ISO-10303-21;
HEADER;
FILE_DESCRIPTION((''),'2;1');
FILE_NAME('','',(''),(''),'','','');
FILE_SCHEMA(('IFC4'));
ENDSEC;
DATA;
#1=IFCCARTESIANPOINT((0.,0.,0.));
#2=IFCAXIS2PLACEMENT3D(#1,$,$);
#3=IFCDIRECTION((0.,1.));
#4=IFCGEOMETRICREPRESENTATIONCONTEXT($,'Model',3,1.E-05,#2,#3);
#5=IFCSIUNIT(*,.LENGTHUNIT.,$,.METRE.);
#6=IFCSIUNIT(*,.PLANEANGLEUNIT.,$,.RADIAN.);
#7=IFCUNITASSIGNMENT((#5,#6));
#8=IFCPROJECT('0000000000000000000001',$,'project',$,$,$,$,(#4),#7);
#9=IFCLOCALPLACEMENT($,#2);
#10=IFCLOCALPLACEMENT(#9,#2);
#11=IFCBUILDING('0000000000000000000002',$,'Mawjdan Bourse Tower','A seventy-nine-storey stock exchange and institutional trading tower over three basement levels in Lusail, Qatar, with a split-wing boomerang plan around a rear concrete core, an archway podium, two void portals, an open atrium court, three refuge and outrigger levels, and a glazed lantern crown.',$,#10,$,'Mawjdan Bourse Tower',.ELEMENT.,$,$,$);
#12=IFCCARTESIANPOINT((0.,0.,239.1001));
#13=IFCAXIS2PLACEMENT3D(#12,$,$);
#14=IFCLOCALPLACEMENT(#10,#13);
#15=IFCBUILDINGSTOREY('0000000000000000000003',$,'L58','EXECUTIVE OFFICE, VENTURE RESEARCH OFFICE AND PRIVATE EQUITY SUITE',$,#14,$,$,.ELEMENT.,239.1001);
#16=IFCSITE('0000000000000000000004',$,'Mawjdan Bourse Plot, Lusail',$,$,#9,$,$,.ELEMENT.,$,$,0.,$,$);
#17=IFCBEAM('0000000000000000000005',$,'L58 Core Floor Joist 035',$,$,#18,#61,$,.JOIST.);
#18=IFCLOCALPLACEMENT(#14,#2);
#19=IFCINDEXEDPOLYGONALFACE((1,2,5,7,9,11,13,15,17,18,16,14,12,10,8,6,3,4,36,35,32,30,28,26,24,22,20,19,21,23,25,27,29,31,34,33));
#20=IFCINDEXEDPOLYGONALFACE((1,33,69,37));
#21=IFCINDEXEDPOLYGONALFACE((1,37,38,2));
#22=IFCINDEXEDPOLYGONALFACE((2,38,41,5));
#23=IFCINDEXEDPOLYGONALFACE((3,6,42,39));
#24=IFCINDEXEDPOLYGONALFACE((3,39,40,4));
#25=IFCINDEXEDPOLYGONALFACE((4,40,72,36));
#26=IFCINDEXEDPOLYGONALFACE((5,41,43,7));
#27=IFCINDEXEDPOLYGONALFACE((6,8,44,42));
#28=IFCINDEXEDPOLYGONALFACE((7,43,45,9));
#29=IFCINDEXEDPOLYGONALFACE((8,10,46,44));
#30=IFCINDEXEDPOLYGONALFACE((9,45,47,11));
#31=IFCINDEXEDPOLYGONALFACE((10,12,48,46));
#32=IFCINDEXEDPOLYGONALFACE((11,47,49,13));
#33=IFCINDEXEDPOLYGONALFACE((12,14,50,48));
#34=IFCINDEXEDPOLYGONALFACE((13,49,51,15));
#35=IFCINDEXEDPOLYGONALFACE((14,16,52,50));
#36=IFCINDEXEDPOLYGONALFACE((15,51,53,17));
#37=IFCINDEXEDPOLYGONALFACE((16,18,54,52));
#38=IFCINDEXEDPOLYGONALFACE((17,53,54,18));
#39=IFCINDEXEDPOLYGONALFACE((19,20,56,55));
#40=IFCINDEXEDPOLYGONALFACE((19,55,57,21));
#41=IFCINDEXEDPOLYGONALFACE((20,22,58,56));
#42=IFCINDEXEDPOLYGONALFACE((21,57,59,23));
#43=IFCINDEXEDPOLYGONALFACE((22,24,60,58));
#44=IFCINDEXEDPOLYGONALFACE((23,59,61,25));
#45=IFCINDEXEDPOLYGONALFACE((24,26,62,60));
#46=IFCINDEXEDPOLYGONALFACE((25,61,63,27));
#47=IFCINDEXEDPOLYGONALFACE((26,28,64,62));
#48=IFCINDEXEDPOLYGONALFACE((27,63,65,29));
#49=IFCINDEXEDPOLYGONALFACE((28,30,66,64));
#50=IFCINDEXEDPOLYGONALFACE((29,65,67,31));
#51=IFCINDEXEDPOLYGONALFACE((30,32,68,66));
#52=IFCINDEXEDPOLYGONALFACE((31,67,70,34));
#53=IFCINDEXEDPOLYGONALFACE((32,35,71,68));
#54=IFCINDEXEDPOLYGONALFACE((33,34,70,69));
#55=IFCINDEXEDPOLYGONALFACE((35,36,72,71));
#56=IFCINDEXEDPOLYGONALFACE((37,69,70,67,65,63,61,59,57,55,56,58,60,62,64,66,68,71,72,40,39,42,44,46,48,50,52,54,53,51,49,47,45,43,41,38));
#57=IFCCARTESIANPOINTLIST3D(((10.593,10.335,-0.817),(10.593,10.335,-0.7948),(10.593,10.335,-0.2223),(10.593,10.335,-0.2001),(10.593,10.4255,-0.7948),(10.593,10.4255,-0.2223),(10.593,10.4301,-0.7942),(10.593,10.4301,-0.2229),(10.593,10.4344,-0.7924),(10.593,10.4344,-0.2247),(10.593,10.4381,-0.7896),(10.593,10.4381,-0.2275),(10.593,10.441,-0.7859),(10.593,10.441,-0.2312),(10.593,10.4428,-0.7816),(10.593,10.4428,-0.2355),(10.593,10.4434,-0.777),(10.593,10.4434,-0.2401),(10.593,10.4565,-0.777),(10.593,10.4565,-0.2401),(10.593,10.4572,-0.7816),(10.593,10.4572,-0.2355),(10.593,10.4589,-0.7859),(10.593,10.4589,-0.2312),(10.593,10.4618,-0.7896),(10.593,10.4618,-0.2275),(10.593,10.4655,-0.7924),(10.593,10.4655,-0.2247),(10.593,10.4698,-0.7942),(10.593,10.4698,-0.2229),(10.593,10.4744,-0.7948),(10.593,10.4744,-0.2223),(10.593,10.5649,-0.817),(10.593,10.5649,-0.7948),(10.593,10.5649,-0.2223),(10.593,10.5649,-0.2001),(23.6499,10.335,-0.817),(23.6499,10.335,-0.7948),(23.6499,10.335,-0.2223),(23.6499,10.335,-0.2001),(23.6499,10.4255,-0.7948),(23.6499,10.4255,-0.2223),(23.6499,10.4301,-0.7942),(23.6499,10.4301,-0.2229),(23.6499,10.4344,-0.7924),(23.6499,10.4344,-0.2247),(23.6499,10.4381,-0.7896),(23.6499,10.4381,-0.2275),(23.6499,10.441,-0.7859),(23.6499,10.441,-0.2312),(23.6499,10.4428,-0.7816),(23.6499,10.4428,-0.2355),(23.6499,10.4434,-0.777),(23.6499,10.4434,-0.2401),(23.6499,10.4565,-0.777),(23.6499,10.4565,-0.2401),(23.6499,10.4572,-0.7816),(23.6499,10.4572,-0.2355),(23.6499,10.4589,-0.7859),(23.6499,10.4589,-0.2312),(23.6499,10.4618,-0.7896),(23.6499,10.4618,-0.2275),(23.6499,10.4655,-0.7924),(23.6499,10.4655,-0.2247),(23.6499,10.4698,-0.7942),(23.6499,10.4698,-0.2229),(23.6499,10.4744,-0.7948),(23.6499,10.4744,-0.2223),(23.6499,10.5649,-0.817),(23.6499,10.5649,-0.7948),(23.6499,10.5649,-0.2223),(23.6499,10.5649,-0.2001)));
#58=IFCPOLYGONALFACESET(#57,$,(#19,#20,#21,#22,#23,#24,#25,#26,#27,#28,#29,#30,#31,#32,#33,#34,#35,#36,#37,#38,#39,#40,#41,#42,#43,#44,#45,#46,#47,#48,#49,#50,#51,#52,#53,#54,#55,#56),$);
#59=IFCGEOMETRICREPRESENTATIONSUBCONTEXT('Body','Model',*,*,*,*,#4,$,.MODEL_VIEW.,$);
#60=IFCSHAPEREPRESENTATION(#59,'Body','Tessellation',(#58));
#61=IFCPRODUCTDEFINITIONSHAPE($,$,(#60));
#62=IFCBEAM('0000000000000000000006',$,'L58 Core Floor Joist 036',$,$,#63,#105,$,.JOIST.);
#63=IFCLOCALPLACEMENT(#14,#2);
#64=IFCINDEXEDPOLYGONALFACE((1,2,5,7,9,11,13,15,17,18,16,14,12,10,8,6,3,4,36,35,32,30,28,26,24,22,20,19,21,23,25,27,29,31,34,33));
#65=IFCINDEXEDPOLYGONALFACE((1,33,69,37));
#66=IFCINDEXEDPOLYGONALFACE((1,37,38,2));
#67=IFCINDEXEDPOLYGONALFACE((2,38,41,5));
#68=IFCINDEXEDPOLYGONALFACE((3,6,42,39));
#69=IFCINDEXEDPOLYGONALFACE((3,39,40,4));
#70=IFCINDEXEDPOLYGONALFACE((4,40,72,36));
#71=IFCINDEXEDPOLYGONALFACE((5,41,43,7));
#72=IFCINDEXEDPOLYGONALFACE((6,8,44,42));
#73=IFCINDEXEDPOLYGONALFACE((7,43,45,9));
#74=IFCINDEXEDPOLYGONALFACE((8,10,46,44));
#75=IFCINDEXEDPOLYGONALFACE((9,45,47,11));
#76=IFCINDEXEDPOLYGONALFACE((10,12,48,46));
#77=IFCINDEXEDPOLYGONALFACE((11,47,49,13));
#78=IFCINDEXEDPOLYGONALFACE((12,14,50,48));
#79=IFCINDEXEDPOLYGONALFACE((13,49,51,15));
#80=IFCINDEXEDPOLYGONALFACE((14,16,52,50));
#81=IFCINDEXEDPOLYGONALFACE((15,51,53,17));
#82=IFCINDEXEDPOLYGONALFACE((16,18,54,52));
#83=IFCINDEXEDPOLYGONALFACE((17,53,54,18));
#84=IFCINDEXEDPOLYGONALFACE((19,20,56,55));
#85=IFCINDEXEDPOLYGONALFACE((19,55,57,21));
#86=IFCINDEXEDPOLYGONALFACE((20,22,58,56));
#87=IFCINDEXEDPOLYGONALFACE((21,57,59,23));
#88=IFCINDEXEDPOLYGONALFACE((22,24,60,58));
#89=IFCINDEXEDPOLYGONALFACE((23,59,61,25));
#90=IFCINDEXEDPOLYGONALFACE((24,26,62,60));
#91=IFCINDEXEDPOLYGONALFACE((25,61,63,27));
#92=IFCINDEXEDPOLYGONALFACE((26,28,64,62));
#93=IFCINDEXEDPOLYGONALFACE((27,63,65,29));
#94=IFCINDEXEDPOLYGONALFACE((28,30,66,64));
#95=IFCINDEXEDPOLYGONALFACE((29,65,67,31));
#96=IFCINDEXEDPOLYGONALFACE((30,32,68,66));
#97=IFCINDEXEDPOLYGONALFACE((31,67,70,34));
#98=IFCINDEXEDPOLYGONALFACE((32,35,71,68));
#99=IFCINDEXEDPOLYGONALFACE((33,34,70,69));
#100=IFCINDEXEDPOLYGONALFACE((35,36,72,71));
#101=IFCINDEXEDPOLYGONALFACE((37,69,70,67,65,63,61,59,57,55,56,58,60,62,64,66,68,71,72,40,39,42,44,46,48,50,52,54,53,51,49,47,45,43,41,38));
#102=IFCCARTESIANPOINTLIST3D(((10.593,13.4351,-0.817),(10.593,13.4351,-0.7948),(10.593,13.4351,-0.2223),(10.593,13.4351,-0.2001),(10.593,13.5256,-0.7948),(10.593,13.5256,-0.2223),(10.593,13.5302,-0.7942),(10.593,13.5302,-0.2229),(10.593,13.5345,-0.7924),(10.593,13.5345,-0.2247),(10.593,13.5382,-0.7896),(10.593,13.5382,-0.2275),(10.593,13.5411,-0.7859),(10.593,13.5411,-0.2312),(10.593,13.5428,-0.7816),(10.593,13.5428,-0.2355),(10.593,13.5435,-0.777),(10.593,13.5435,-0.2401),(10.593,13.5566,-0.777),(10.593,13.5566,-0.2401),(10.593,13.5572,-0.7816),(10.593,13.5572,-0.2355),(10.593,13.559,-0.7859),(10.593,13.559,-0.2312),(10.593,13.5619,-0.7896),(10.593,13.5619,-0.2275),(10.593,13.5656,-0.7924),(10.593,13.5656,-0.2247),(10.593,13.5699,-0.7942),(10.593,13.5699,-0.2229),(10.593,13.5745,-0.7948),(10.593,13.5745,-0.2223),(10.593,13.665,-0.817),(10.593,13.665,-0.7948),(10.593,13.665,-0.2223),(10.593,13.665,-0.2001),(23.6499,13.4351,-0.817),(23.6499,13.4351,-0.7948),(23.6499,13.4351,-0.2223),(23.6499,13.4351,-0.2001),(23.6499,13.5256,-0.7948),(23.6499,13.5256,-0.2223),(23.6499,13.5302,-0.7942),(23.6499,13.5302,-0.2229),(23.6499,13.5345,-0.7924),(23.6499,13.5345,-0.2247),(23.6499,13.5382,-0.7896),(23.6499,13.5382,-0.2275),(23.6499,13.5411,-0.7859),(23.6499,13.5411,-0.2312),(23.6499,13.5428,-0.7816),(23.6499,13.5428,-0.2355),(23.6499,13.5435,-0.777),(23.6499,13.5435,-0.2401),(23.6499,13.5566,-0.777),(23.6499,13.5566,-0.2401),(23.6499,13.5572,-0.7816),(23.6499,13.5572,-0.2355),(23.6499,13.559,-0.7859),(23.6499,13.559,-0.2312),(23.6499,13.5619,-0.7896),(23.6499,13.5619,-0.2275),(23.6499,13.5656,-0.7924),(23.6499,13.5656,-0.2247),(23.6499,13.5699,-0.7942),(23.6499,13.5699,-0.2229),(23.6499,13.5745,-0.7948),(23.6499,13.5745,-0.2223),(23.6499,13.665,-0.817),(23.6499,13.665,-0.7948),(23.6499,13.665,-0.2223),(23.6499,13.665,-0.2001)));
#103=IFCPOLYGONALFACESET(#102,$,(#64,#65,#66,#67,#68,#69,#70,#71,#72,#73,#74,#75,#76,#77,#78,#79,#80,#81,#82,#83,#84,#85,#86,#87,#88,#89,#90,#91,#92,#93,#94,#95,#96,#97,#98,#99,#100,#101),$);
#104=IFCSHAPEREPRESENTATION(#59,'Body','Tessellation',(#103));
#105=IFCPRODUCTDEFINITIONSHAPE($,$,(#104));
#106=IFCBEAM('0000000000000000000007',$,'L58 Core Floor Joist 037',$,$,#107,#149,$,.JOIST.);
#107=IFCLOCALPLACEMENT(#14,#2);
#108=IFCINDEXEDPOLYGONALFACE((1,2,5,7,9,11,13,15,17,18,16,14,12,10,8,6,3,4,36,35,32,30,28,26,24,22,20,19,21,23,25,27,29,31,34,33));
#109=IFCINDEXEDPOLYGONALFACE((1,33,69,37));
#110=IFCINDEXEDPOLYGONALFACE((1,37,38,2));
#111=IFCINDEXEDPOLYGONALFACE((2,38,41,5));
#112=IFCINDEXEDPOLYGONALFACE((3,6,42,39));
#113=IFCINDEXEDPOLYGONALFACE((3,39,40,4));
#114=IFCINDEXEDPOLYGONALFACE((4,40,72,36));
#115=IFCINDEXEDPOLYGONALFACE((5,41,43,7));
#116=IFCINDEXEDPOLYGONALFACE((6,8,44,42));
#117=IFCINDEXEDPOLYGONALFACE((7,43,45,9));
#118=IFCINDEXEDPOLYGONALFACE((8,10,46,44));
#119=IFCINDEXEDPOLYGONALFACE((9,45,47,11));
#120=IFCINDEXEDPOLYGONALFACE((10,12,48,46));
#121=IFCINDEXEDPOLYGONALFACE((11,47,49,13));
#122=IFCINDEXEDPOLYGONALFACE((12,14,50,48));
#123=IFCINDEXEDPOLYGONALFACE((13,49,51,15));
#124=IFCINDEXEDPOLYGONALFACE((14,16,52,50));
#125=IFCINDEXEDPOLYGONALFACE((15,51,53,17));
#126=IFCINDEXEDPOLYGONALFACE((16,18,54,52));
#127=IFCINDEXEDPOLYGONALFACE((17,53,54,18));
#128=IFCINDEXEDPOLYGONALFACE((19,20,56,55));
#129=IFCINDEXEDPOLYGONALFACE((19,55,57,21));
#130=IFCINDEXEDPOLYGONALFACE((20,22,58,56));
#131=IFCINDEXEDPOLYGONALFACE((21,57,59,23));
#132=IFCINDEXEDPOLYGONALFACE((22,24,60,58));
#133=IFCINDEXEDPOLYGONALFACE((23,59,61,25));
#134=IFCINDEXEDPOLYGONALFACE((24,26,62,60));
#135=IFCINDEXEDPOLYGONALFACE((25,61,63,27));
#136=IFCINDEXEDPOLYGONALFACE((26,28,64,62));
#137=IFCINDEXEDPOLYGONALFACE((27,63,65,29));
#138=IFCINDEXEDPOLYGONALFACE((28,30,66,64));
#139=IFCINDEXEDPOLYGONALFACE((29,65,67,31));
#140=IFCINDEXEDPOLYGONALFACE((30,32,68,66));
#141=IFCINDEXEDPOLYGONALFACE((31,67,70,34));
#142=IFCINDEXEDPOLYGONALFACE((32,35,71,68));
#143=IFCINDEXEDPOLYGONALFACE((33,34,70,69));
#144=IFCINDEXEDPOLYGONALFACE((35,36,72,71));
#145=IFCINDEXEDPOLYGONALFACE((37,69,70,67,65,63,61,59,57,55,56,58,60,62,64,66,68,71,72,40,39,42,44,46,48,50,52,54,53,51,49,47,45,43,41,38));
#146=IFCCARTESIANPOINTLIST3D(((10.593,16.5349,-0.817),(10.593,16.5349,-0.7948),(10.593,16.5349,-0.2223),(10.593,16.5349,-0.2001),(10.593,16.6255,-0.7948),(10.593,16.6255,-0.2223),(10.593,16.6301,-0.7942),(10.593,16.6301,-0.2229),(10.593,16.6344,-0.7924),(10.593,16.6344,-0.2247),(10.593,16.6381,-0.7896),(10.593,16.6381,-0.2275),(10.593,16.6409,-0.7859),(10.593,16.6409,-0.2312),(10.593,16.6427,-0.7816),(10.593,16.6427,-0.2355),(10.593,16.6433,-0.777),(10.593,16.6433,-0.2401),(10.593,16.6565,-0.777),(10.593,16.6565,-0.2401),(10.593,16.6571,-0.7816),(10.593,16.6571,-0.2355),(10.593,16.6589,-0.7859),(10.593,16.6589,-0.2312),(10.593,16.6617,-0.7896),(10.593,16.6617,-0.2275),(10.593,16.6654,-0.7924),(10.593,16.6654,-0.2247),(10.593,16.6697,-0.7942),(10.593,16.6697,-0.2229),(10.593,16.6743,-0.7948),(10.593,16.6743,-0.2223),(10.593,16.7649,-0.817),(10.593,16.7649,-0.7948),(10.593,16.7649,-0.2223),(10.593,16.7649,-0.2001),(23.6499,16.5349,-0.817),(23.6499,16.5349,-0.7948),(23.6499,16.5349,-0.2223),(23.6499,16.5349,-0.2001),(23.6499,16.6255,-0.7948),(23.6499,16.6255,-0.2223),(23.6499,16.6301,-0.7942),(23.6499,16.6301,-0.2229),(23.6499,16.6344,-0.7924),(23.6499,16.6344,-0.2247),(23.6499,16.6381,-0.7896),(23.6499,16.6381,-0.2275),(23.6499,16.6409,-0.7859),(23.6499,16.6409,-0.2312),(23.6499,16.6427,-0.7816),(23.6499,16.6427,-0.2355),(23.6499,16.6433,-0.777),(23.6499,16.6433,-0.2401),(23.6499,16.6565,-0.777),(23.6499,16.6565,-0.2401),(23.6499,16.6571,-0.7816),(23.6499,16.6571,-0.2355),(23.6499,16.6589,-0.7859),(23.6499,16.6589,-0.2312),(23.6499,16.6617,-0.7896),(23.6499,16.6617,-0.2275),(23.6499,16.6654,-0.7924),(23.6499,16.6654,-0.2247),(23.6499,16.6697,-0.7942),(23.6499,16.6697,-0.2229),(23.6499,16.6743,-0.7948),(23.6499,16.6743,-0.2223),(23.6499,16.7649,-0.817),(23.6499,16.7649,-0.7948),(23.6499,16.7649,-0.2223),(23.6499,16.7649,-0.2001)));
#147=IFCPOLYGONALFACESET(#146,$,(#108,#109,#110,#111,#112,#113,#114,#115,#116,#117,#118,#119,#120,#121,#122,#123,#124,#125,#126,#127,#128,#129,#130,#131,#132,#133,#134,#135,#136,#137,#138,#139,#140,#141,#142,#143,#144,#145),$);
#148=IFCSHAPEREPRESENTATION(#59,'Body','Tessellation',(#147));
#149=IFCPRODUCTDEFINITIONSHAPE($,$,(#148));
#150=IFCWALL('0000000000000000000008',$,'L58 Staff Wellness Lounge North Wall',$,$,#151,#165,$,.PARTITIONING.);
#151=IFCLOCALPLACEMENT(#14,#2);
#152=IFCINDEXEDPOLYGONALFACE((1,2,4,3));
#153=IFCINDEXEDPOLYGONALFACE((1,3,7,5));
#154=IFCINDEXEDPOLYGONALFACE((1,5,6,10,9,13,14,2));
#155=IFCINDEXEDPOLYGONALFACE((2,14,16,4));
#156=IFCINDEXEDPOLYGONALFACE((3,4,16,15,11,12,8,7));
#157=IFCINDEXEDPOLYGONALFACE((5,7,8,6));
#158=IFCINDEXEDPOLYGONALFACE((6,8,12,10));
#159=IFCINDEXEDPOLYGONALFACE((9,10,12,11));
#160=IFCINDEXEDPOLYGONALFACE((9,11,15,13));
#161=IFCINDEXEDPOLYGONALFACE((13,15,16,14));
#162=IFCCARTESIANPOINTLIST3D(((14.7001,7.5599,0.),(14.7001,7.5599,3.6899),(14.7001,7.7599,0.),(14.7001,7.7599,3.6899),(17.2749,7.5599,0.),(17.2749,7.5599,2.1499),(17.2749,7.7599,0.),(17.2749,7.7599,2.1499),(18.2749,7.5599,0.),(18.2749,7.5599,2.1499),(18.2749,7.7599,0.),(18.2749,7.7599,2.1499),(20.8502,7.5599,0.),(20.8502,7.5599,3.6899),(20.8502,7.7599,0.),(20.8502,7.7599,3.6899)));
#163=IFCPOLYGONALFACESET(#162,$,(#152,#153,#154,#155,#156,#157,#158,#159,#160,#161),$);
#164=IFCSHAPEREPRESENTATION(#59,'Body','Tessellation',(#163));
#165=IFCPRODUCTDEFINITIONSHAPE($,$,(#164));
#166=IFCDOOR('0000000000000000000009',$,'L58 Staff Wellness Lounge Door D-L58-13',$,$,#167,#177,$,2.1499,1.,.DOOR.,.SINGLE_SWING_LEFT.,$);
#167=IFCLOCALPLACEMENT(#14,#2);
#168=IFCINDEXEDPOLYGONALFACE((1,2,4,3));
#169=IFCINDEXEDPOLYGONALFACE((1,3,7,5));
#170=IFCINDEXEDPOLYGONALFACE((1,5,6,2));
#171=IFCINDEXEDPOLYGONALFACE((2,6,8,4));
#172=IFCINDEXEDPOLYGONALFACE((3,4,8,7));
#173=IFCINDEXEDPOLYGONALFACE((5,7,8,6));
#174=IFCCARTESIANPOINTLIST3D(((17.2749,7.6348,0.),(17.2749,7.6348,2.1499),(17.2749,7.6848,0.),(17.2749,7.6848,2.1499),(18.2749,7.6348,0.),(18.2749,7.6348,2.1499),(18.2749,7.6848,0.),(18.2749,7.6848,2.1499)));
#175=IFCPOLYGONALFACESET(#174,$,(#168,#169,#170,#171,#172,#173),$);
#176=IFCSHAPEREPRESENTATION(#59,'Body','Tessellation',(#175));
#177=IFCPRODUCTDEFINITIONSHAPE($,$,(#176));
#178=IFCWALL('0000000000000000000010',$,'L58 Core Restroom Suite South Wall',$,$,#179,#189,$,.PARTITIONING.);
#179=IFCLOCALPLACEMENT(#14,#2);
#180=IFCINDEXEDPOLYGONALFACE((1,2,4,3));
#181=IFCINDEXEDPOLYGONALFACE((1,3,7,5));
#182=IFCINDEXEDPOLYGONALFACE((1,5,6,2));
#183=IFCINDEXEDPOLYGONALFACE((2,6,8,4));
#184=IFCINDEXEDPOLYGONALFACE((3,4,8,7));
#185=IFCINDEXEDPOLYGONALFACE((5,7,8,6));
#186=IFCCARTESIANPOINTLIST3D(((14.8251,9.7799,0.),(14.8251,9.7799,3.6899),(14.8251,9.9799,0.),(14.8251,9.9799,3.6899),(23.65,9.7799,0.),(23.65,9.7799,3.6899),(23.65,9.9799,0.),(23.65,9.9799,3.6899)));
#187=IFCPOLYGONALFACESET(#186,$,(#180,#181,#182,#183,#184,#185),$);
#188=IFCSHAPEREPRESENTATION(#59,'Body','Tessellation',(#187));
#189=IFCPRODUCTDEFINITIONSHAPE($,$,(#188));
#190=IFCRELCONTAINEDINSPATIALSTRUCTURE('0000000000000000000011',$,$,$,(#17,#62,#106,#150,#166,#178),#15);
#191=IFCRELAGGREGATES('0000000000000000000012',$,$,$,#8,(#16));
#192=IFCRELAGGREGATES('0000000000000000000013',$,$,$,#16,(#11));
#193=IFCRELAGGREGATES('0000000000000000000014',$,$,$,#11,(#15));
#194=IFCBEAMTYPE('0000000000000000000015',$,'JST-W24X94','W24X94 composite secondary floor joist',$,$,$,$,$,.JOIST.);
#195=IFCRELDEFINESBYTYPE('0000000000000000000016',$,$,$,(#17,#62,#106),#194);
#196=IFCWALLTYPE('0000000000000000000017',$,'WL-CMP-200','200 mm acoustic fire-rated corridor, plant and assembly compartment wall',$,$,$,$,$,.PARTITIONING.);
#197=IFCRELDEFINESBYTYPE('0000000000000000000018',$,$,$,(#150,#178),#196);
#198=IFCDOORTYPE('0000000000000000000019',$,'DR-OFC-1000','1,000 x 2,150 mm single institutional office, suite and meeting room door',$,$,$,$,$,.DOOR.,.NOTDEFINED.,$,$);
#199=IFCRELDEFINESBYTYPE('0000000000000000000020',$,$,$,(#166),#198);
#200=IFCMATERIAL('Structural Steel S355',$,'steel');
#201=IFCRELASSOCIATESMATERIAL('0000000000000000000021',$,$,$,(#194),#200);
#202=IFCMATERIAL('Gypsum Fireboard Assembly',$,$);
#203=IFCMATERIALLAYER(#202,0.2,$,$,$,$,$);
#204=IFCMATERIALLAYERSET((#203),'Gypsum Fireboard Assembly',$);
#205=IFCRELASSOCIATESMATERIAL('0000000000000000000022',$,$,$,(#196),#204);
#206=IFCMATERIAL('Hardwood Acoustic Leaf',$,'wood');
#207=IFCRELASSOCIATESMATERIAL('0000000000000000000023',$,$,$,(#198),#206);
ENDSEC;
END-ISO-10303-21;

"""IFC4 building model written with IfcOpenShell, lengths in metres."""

from ifc_helpers import new_model, si_unit, direction, frame, frame_2d, origin, origin_2d, place, context, subcontext, project, spatial, rectangle, i_section, extrude, material, layer, layer_set, material_profile, profile_set, type_object, element, fill, save


model = new_model("IFC4")

# Units and contexts
model_context = context("Model", 3, precision=1e-05, world=origin(), true_north=direction((0.0, 1.0)))
body_context = subcontext(model_context, "Body", "Model", "MODEL_VIEW")
ifc_project = project(units=[si_unit("LENGTHUNIT", "METRE"), si_unit("PLANEANGLEUNIT", "RADIAN")], contexts=[model_context])

# Site, building, storey
site_placement = place(None, origin())
site = spatial("IfcSite", under=ifc_project, at=site_placement, Name="Mawjdan Bourse Plot, Lusail", CompositionType="ELEMENT", RefElevation=0.0)
building_placement = place(site_placement, origin())
building = spatial("IfcBuilding", under=site, at=building_placement, Name="Mawjdan Bourse Tower", Description="A seventy-nine-storey stock exchange and institutional trading tower over three basement levels in Lusail, Qatar, with a split-wing boomerang plan around a rear concrete core, an archway podium, two void portals, an open atrium court, three refuge and outrigger levels, and a glazed lantern crown.", LongName="Mawjdan Bourse Tower", CompositionType="ELEMENT")
storey_placement = place(building_placement, frame((0.0, 0.0, 239.1001)))
storey = spatial("IfcBuildingStorey", under=building, at=storey_placement, Name="L58", Description="EXECUTIVE OFFICE, VENTURE RESEARCH OFFICE AND PRIVATE EQUITY SUITE", CompositionType="ELEMENT", Elevation=239.1001)

# Beams
ifc_material_1 = material(Name="Structural Steel S355", Category="steel")
ifc_material_profile = material_profile(ifc_material_1, i_section(OverallWidth=0.23, OverallDepth=0.6169, WebThickness=0.0132, FlangeThickness=0.0222, FilletRadius=0.0178, at=origin_2d()), Name="W24X94")
ifc_profile_set = profile_set([ifc_material_profile], Name="Structural Steel S355")
beam_type = type_object("IfcBeamType", Name="JST-W24X94", Description="W24X94 composite secondary floor joist", PredefinedType="JOIST", material=ifc_profile_set)
for number, where, z_axis, x_axis, name in (
    (1, (10.593, 10.45, -0.5085), (1.0, 0.0, 0.0), (0.0, 1.0, 0.0), "L58 Core Floor Joist 035"),
    (2, (10.593, 13.55, -0.5085), (1.0, 0.0, 0.0), (0.0, 1.0, 0.0), "L58 Core Floor Joist 036"),
    (3, (10.593, 16.6499, -0.5085), (1.0, 0.0, 0.0), (0.0, 1.0, 0.0), "L58 Core Floor Joist 037"),
):
    element("IfcBeam", number, at=place(storey_placement, frame(where, z_axis=z_axis, x_axis=x_axis)), inside=storey, type_object=beam_type, Name=name, PredefinedType="JOIST", context=body_context, shape_type="SweptSolid", body=[
        extrude(i_section(OverallWidth=0.23, OverallDepth=0.6169, WebThickness=0.0132, FlangeThickness=0.0222, FilletRadius=0.0178, at=origin_2d()), origin(), (0.0, 0.0, 1.0), 13.0569),
    ])

# Wall, opening, door
ifc_material_2 = material(Name="Gypsum Fireboard Assembly")
ifc_layer_1 = layer(ifc_material_2, 0.2)
ifc_layer_set_1 = layer_set([ifc_layer_1], Name="Gypsum Fireboard Assembly")
wall_type_1 = type_object("IfcWallType", Name="WL-CMP-200", Description="200 mm acoustic fire-rated corridor, plant and assembly compartment wall", PredefinedType="PARTITIONING", material=ifc_layer_set_1)
wall_1_placement = place(storey_placement, frame((14.7, 7.6599, 0.0), z_axis=(0.0, 0.0, 1.0), x_axis=(1.0, 0.0, 0.0)))
wall_1 = element("IfcWall", 4, at=wall_1_placement, inside=storey, type_object=wall_type_1, Name="L58 Staff Wellness Lounge North Wall", PredefinedType="PARTITIONING", context=body_context, shape_type="SweptSolid", body=[
    extrude(rectangle(XDim=6.1501, YDim=0.2, at=frame_2d((3.0752, 0.0))), origin(), (0.0, 0.0, 1.0), 3.6899),
])
opening_1_placement = place(wall_1_placement, frame((2.575, 0.0, 0.0)))
opening_1 = element("IfcOpeningElement", 5, at=opening_1_placement, cuts=wall_1, PredefinedType="OPENING", context=body_context, shape_type="SweptSolid", body=[
    extrude(rectangle(XDim=1.0, YDim=2.1499, at=frame_2d((0.5, 1.075))), frame((0.0, 0.1099, 0.0), z_axis=(0.0, -1.0, 0.0), x_axis=(1.0, 0.0, 0.0)), (0.0, 0.0, 1.0), 0.22),
])
ifc_material_3 = material(Name="Hardwood Acoustic Leaf", Category="wood")
door_type_1 = type_object("IfcDoorType", Name="DR-OFC-1000", Description="1,000 x 2,150 mm single institutional office, suite and meeting room door", OperationType="NOTDEFINED", PredefinedType="DOOR", material=ifc_material_3)
door_1_placement = place(opening_1_placement, origin())
door_1 = element("IfcDoor", 6, at=door_1_placement, inside=storey, type_object=door_type_1, Name="L58 Staff Wellness Lounge Door D-L58-13", OperationType="SINGLE_SWING_LEFT", OverallHeight=2.1499, OverallWidth=1.0, PredefinedType="DOOR", context=body_context, shape_type="SweptSolid", body=[
    extrude(rectangle(XDim=1.0, YDim=2.1499, at=frame_2d((0.5, 1.075))), frame((0.0, 0.0249, 0.0), z_axis=(0.0, -1.0, 0.0), x_axis=(1.0, 0.0, 0.0)), (0.0, 0.0, 1.0), 0.05),
])
fill(opening_1, door_1)

# Wall
wall_2_placement = place(storey_placement, frame((14.825, 9.8799, 0.0), z_axis=(0.0, 0.0, 1.0), x_axis=(1.0, 0.0, 0.0)))
element("IfcWall", 7, at=wall_2_placement, inside=storey, type_object=wall_type_1, Name="L58 Core Restroom Suite South Wall", PredefinedType="PARTITIONING", context=body_context, shape_type="SweptSolid", body=[
    extrude(rectangle(XDim=8.825, YDim=0.2, at=frame_2d((4.4126, 0.0))), origin(), (0.0, 0.0, 1.0), 3.6899),
])

save(model, "model.ifc")
